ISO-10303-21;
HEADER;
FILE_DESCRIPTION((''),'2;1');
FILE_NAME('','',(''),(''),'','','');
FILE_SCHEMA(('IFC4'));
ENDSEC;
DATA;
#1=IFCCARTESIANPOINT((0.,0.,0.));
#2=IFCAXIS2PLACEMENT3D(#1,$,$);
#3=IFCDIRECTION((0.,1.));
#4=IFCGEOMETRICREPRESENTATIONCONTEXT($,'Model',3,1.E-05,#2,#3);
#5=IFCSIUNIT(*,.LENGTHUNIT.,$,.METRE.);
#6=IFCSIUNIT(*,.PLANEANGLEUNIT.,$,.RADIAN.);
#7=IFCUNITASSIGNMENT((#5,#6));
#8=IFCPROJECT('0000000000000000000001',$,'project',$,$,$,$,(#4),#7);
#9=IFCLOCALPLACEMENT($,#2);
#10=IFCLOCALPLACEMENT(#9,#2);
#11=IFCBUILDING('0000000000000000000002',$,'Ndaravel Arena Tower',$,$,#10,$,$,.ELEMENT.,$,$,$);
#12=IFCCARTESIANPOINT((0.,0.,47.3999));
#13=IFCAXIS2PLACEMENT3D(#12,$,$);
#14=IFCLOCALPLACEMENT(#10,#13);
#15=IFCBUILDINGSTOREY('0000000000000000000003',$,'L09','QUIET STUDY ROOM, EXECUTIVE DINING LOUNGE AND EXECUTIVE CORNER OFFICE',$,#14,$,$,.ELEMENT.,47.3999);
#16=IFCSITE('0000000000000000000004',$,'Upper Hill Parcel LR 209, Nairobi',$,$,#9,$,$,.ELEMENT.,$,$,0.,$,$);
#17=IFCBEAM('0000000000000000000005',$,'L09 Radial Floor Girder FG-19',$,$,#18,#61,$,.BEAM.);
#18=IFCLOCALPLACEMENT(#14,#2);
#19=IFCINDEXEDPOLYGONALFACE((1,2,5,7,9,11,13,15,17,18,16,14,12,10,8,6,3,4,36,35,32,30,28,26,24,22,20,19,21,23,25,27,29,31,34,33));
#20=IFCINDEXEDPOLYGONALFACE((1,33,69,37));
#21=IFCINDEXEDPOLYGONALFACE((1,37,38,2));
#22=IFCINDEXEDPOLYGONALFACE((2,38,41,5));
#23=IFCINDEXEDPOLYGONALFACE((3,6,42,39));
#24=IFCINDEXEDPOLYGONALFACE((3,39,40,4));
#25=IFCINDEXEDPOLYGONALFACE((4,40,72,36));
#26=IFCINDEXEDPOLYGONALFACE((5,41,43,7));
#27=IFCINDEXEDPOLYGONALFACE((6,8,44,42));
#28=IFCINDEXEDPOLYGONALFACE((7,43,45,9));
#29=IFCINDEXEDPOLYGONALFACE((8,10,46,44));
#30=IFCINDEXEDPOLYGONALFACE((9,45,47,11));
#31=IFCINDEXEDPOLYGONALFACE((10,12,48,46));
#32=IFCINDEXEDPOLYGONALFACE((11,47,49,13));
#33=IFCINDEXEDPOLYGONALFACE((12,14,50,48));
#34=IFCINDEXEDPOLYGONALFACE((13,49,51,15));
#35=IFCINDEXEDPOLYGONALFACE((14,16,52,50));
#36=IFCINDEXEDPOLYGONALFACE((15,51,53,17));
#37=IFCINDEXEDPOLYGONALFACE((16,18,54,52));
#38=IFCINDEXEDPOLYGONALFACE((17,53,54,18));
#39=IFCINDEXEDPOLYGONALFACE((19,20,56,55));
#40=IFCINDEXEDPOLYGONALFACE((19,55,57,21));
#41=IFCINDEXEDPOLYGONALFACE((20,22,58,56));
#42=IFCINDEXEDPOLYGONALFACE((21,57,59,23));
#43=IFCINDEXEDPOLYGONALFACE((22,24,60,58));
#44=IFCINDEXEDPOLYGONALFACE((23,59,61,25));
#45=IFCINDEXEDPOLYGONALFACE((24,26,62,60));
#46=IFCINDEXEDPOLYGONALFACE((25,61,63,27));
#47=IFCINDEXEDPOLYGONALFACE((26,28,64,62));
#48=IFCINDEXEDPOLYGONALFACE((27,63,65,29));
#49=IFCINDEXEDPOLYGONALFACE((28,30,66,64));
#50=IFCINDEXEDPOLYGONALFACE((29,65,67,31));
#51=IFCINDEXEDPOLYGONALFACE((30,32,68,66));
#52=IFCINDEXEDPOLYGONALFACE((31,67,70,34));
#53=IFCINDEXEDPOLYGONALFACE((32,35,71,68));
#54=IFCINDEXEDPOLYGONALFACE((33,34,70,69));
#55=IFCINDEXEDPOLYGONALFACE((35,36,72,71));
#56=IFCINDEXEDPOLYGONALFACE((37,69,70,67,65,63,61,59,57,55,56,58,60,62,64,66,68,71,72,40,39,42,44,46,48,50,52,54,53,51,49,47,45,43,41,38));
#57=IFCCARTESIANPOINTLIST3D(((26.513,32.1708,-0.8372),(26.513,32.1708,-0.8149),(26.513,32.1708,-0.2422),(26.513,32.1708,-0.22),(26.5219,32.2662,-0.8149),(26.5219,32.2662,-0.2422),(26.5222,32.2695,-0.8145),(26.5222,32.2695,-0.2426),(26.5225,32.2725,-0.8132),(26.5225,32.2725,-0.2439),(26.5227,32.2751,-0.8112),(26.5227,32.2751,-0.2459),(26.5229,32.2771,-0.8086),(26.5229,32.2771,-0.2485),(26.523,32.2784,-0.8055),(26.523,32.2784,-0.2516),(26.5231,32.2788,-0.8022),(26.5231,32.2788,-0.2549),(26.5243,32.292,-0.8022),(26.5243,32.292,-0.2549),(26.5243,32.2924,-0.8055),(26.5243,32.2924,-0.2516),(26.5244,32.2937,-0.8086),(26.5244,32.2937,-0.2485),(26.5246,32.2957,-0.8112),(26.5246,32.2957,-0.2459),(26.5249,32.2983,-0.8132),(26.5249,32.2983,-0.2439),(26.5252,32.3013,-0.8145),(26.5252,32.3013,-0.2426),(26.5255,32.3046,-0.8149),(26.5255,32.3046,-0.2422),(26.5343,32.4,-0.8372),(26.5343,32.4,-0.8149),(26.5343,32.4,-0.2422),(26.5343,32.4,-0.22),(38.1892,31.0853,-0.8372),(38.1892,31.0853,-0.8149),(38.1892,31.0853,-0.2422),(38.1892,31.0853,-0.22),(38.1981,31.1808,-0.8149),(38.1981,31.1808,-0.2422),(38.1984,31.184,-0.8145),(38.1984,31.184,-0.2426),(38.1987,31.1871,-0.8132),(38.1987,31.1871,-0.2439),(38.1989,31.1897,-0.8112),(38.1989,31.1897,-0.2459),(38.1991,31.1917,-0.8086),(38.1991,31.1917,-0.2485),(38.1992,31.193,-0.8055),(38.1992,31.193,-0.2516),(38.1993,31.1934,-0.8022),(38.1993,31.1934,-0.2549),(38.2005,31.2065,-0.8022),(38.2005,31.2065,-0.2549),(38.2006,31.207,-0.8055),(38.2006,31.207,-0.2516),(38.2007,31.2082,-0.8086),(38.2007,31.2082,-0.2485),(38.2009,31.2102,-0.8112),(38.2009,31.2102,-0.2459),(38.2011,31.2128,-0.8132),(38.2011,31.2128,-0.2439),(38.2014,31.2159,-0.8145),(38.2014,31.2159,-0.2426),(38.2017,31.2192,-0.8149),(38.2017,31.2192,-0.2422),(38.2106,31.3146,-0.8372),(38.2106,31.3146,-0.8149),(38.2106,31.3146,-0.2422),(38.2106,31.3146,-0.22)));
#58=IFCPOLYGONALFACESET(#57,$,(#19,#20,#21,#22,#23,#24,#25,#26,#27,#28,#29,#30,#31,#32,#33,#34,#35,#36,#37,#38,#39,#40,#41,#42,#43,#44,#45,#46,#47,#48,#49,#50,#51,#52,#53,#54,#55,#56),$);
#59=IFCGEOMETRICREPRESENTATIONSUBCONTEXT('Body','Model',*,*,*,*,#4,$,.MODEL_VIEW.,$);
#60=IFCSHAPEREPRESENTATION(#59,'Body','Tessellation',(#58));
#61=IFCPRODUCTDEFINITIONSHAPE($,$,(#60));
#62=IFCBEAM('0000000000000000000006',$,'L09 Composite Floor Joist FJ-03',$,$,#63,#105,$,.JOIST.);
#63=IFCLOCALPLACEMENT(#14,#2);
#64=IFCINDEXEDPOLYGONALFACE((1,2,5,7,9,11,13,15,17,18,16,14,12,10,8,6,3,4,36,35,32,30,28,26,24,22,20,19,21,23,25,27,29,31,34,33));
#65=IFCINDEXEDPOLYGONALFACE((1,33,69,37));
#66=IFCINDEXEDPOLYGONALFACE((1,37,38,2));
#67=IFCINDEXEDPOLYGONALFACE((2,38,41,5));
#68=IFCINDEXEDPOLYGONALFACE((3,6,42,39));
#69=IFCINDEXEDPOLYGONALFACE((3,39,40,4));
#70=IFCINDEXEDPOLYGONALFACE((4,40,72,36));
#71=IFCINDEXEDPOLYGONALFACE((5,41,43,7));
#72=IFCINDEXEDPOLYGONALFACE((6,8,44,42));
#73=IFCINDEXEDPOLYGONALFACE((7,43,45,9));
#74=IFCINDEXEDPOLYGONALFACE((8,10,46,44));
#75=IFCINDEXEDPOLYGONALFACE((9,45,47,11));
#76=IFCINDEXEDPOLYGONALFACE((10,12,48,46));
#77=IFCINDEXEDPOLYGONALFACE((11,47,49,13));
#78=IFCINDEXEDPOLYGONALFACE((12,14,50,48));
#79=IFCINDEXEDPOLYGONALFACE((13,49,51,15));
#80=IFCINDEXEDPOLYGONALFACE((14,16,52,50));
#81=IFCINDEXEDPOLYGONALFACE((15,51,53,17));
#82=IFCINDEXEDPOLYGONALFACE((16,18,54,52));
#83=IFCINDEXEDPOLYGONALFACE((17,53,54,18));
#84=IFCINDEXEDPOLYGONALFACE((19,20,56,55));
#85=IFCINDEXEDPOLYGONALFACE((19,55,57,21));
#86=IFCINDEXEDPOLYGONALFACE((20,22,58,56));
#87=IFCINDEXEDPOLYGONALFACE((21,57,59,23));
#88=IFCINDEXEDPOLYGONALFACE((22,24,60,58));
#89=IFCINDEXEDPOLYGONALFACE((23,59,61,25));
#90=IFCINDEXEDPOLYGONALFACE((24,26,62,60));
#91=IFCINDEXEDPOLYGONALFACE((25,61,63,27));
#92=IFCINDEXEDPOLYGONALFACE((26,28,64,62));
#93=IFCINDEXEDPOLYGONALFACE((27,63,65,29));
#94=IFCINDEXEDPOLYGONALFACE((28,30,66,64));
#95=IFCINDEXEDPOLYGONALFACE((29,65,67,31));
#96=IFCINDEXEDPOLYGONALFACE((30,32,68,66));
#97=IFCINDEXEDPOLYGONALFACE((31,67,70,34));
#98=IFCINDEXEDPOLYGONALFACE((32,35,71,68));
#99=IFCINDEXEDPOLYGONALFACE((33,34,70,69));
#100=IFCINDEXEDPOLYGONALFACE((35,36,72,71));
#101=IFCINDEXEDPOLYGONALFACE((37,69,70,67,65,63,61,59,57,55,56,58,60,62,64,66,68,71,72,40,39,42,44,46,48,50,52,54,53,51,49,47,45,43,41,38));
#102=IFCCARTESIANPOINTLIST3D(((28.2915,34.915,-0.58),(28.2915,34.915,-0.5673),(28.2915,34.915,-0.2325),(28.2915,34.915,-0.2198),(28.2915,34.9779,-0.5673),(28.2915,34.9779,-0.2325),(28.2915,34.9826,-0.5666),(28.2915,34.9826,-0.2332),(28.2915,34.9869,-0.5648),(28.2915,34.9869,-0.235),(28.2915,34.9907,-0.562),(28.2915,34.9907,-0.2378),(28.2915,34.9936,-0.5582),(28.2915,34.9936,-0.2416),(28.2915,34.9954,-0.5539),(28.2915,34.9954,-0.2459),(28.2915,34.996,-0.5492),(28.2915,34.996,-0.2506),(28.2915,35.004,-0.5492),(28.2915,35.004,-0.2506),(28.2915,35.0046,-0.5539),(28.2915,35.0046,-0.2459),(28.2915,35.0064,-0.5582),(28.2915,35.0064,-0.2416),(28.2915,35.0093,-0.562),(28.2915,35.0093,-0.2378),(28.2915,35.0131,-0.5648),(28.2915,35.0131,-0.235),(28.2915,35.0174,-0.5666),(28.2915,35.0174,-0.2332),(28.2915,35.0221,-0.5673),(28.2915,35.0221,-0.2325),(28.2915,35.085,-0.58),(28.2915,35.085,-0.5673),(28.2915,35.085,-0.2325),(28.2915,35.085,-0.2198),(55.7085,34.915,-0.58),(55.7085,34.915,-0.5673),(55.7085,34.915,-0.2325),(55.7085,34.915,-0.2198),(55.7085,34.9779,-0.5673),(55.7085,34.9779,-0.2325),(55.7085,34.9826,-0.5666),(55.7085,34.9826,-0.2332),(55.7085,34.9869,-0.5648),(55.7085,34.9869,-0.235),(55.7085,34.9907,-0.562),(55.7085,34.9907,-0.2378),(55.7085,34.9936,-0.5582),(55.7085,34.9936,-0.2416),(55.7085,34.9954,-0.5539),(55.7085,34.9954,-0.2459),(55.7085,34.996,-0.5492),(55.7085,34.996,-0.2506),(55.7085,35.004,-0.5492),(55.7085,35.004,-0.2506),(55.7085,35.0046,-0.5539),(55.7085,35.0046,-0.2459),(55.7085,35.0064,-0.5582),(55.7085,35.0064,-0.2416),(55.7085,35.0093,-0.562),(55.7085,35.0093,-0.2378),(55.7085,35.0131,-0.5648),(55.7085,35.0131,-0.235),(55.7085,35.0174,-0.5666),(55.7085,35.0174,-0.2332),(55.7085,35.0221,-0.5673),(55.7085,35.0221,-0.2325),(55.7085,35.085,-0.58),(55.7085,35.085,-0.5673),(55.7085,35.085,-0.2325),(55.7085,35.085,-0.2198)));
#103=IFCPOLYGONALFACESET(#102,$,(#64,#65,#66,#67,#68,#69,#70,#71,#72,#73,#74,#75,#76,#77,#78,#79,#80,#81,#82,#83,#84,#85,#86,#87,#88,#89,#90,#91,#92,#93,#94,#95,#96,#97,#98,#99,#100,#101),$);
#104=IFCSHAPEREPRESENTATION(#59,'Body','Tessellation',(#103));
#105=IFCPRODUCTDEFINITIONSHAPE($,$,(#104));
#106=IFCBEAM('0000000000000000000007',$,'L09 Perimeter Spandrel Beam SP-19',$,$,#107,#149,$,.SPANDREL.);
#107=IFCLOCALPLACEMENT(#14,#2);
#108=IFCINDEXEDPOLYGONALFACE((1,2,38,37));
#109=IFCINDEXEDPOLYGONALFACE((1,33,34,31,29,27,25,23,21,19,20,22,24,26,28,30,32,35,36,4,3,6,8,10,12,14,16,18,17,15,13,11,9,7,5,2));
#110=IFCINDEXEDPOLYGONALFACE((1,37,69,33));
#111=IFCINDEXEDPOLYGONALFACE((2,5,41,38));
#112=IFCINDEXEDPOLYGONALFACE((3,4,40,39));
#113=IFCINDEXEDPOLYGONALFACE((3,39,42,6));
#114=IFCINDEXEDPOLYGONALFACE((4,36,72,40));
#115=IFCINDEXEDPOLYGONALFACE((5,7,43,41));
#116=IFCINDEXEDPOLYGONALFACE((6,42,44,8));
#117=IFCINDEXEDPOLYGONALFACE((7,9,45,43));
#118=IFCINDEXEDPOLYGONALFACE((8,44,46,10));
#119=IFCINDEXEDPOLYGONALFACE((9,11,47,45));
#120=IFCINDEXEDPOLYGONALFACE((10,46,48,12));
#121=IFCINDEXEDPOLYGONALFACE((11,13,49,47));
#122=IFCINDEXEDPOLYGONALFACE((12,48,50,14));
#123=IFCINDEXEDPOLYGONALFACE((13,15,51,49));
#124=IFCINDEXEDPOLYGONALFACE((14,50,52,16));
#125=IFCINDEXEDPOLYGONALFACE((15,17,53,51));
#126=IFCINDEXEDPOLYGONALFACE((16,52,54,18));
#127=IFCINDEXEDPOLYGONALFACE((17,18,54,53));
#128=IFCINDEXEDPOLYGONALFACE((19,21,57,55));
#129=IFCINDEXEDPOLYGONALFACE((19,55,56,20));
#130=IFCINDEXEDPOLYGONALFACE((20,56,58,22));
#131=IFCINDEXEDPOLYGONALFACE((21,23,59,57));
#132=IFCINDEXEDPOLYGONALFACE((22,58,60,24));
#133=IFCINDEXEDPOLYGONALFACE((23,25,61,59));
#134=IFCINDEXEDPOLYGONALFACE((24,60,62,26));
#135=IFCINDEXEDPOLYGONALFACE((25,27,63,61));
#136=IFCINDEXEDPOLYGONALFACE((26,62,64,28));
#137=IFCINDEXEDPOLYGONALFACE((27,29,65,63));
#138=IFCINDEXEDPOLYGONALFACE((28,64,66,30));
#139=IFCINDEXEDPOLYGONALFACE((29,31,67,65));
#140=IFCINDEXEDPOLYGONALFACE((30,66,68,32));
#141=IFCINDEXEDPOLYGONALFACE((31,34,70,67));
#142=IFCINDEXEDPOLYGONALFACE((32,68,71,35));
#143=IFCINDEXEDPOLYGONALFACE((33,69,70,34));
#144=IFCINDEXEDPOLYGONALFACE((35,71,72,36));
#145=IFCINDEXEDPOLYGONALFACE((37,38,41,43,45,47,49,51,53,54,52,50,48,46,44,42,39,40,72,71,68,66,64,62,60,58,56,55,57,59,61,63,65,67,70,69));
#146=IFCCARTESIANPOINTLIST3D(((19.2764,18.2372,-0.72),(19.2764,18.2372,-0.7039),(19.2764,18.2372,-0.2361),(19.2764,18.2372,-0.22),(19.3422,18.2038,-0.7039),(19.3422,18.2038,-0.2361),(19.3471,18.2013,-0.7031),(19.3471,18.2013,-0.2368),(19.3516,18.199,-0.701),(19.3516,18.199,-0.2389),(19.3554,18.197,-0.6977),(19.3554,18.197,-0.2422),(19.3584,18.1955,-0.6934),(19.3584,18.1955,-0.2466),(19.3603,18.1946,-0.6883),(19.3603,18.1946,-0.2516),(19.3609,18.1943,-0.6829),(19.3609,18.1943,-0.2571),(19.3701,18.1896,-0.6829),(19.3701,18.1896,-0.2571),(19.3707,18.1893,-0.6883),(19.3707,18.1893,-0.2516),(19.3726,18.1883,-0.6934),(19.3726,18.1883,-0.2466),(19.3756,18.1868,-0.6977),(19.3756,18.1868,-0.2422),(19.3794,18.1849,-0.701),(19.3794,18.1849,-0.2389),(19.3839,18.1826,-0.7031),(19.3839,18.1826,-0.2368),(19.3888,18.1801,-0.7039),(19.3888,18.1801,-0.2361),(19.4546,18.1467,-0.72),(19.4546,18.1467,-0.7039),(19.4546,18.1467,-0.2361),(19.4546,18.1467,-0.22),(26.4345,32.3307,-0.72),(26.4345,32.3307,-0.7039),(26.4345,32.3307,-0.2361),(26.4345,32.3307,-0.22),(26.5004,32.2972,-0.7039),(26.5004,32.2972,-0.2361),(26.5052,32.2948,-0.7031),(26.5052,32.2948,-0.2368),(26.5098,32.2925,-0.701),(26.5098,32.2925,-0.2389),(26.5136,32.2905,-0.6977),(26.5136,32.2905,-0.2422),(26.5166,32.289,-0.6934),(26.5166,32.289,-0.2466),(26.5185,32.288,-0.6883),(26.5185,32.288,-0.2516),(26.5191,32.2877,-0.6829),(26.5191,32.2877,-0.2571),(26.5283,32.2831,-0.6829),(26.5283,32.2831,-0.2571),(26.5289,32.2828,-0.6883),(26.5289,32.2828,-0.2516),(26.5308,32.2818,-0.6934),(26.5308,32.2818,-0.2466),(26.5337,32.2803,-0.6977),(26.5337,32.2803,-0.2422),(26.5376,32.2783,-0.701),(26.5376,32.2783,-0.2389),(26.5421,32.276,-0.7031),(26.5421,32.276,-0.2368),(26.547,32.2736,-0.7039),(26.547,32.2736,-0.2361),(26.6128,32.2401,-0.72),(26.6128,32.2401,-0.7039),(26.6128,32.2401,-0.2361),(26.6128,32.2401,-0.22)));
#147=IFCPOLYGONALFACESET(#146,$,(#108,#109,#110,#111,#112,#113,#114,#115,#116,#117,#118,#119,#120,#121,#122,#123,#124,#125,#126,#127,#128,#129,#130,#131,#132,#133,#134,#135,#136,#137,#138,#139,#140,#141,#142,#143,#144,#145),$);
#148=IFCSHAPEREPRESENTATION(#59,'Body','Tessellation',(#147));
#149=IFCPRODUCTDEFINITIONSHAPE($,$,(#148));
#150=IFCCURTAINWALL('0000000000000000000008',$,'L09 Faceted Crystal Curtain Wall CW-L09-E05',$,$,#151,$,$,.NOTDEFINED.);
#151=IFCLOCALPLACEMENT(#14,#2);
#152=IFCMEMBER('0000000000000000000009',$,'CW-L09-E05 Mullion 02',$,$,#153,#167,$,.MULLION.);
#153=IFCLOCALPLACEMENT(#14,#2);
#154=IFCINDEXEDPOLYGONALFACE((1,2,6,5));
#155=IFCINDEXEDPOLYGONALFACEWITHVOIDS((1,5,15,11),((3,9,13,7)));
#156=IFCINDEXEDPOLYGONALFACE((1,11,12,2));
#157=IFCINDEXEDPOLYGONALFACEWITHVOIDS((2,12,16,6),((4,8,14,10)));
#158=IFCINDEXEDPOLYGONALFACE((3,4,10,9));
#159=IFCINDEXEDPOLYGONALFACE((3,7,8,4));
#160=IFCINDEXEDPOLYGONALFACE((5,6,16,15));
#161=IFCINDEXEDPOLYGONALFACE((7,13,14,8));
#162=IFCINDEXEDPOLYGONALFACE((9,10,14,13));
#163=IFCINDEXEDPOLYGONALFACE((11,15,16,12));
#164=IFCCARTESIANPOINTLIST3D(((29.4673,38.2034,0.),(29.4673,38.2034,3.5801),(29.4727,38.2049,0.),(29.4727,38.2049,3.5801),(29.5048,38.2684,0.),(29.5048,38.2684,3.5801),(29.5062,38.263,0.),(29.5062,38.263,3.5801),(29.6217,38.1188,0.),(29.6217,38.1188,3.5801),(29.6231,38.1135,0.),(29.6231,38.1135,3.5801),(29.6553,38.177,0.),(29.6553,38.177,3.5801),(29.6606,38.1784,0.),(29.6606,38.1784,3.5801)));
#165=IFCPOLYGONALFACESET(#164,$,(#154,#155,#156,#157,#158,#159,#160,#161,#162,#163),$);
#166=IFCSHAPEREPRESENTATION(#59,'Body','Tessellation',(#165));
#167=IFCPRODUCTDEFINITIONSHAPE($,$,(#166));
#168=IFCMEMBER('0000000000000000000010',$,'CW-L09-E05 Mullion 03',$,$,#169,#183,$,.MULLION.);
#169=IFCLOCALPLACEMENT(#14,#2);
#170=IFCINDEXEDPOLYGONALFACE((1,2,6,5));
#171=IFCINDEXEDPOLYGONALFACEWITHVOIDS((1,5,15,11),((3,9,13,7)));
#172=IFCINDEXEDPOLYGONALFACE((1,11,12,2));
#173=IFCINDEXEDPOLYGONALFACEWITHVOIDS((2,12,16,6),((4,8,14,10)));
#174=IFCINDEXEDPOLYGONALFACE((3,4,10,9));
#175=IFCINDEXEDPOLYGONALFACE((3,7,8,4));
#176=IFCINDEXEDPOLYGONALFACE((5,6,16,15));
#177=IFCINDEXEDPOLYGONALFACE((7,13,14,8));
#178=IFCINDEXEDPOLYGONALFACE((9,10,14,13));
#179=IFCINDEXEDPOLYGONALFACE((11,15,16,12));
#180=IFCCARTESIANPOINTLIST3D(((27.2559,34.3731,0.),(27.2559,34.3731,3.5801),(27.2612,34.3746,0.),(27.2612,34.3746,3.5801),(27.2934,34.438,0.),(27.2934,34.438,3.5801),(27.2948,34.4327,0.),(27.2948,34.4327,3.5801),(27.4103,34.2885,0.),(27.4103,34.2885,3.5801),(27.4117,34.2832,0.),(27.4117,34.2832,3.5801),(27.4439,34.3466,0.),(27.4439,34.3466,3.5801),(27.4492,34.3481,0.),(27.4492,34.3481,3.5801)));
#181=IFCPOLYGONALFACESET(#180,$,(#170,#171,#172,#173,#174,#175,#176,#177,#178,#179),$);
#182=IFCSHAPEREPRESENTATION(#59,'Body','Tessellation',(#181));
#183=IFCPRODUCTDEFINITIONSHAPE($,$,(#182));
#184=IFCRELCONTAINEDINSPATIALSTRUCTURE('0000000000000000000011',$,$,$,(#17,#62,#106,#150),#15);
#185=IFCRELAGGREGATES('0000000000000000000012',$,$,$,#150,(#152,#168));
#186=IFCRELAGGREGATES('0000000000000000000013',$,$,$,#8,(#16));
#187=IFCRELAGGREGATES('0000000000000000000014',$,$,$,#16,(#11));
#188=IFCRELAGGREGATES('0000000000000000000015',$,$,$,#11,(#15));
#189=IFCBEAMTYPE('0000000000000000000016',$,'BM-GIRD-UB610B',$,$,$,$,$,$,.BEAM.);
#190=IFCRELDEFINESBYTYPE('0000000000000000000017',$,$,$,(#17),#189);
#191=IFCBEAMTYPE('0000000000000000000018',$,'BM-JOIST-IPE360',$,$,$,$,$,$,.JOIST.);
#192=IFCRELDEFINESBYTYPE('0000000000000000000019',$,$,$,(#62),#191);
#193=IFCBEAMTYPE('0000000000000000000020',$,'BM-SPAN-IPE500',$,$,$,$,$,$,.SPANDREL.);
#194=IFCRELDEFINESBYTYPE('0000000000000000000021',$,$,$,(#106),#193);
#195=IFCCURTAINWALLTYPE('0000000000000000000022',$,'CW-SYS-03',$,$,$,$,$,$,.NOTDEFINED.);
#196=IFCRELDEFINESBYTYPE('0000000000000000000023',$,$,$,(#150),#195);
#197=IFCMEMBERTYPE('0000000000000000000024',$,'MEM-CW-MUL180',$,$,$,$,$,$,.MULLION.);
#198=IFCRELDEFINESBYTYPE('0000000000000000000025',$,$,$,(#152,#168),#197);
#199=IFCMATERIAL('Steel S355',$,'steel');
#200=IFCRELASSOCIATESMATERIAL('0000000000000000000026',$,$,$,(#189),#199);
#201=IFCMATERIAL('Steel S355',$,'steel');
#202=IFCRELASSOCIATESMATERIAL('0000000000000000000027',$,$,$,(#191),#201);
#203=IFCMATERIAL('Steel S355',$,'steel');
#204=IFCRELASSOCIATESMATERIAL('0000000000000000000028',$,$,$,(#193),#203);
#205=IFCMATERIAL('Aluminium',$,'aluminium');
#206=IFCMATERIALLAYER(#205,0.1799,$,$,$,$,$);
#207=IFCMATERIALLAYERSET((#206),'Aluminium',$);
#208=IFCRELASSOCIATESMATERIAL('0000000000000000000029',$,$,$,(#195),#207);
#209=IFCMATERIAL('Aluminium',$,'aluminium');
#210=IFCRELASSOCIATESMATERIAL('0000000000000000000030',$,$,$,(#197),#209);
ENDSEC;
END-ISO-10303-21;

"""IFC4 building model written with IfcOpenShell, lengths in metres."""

from ifc_helpers import new_model, si_unit, direction, frame, origin, origin_2d, place, context, subcontext, project, spatial, hollow_rectangle, i_section, extrude, material, layer, layer_set, material_profile, profile_set, type_object, element, aggregate, save


model = new_model("IFC4")

# Units and contexts
model_context = context("Model", 3, precision=1e-05, world=origin(), true_north=direction((0.0, 1.0)))
body_context = subcontext(model_context, "Body", "Model", "MODEL_VIEW")
ifc_project = project(units=[si_unit("LENGTHUNIT", "METRE"), si_unit("PLANEANGLEUNIT", "RADIAN")], contexts=[model_context])

# Site, building, storey
site_placement = place(None, origin())
site = spatial("IfcSite", under=ifc_project, at=site_placement, Name="Upper Hill Parcel LR 209, Nairobi", CompositionType="ELEMENT", RefElevation=0.0)
building_placement = place(site_placement, origin())
building = spatial("IfcBuilding", under=site, at=building_placement, Name="Ndaravel Arena Tower", CompositionType="ELEMENT")
storey_placement = place(building_placement, frame((0.0, 0.0, 47.3999)))
storey = spatial("IfcBuildingStorey", under=building, at=storey_placement, Name="L09", Description="QUIET STUDY ROOM, EXECUTIVE DINING LOUNGE AND EXECUTIVE CORNER OFFICE", CompositionType="ELEMENT", Elevation=47.3999)

# Beams
ifc_material_1 = material(Name="Steel S355", Category="steel")
ifc_material_profile_1 = material_profile(ifc_material_1, i_section(OverallWidth=0.2302, OverallDepth=0.6172, WebThickness=0.0132, FlangeThickness=0.0222, FilletRadius=0.0127, at=origin_2d()), Name="UB 610x229x140")
ifc_profile_set_1 = profile_set([ifc_material_profile_1], Name="Steel S355")
beam_type_1 = type_object("IfcBeamType", Name="BM-GIRD-UB610B", PredefinedType="BEAM", material=ifc_profile_set_1)
beam_1_placement = place(storey_placement, frame((26.5237, 32.2854, -0.5286), z_axis=(0.995707, -0.092563, 0.0), x_axis=(0.092563, 0.995707, 0.0)))
element("IfcBeam", 1, at=beam_1_placement, inside=storey, type_object=beam_type_1, Name="L09 Radial Floor Girder FG-19", PredefinedType="BEAM", context=body_context, shape_type="SweptSolid", body=[
    extrude(i_section(OverallWidth=0.2302, OverallDepth=0.6172, WebThickness=0.0132, FlangeThickness=0.0222, FilletRadius=0.0127, at=origin_2d()), origin(), (0.0, 0.0, 1.0), 11.7266),
])
ifc_material_2 = material(Name="Steel S355", Category="steel")
ifc_material_profile_2 = material_profile(ifc_material_2, i_section(OverallWidth=0.1699, OverallDepth=0.3601, WebThickness=0.0081, FlangeThickness=0.0127, FilletRadius=0.0181, at=origin_2d()), Name="IPE 360")
ifc_profile_set_2 = profile_set([ifc_material_profile_2], Name="Steel S355")
beam_type_2 = type_object("IfcBeamType", Name="BM-JOIST-IPE360", PredefinedType="JOIST", material=ifc_profile_set_2)
beam_2_placement = place(storey_placement, frame((28.2915, 35.0, -0.3999), z_axis=(1.0, 0.0, 0.0), x_axis=(0.0, 1.0, 0.0)))
element("IfcBeam", 2, at=beam_2_placement, inside=storey, type_object=beam_type_2, Name="L09 Composite Floor Joist FJ-03", PredefinedType="JOIST", context=body_context, shape_type="SweptSolid", body=[
    extrude(i_section(OverallWidth=0.1699, OverallDepth=0.3601, WebThickness=0.0081, FlangeThickness=0.0127, FilletRadius=0.0181, at=origin_2d()), origin(), (0.0, 0.0, 1.0), 27.417),
])
ifc_material_3 = material(Name="Steel S355", Category="steel")
ifc_material_profile_3 = material_profile(ifc_material_3, i_section(OverallWidth=0.2, OverallDepth=0.5, WebThickness=0.0103, FlangeThickness=0.0161, FilletRadius=0.021, at=origin_2d()), Name="IPE 500")
ifc_profile_set_3 = profile_set([ifc_material_profile_3], Name="Steel S355")
beam_type_3 = type_object("IfcBeamType", Name="BM-SPAN-IPE500", PredefinedType="SPANDREL", material=ifc_profile_set_3)
beam_3_placement = place(storey_placement, frame((26.5237, 32.2854, -0.47), z_axis=(-0.452845, -0.891589, 0.0), x_axis=(0.891589, -0.452845, 0.0)))
element("IfcBeam", 3, at=beam_3_placement, inside=storey, type_object=beam_type_3, Name="L09 Perimeter Spandrel Beam SP-19", PredefinedType="SPANDREL", context=body_context, shape_type="SweptSolid", body=[
    extrude(i_section(OverallWidth=0.2, OverallDepth=0.5, WebThickness=0.0103, FlangeThickness=0.0161, FilletRadius=0.021, at=origin_2d()), origin(), (0.0, 0.0, 1.0), 15.8071),
])

# Curtain wall, members
ifc_material_4 = material(Name="Aluminium", Category="aluminium")
ifc_layer_1 = layer(ifc_material_4, 0.1799)
ifc_layer_set_1 = layer_set([ifc_layer_1], Name="Aluminium")
curtain_wall_type = type_object("IfcCurtainWallType", Name="CW-SYS-03", PredefinedType="NOTDEFINED", material=ifc_layer_set_1)
curtain_wall_placement = place(storey_placement, origin())
curtain_wall = element("IfcCurtainWall", 4, at=curtain_wall_placement, inside=storey, type_object=curtain_wall_type, Name="L09 Faceted Crystal Curtain Wall CW-L09-E05", PredefinedType="NOTDEFINED")
ifc_material_5 = material(Name="Aluminium", Category="aluminium")
ifc_material_profile_4 = material_profile(ifc_material_5, hollow_rectangle(XDim=0.075, YDim=0.1799, WallThickness=0.0039, at=origin_2d()), Name="CW MULLION 75x180x4")
ifc_profile_set_4 = profile_set([ifc_material_profile_4], Name="Aluminium")
member_type = type_object("IfcMemberType", Name="MEM-CW-MUL180", PredefinedType="MULLION", material=ifc_profile_set_4)
member_1_placement = place(storey_placement, frame((29.564, 38.1909, 0.0), z_axis=(0.0, 0.0, 1.0), x_axis=(-0.5, -0.866025, 0.0)))
member_1 = element("IfcMember", 5, at=member_1_placement, type_object=member_type, Name="CW-L09-E05 Mullion 02", PredefinedType="MULLION", context=body_context, shape_type="SweptSolid", body=[
    extrude(hollow_rectangle(XDim=0.075, YDim=0.1799, WallThickness=0.0039, at=origin_2d()), origin(), (0.0, 0.0, 1.0), 3.5801),
])
member_2_placement = place(storey_placement, frame((27.3525, 34.3606, 0.0), z_axis=(0.0, 0.0, 1.0), x_axis=(-0.5, -0.866025, 0.0)))
member_2 = element("IfcMember", 6, at=member_2_placement, type_object=member_type, Name="CW-L09-E05 Mullion 03", PredefinedType="MULLION", context=body_context, shape_type="SweptSolid", body=[
    extrude(hollow_rectangle(XDim=0.075, YDim=0.1799, WallThickness=0.0039, at=origin_2d()), origin(), (0.0, 0.0, 1.0), 3.5801),
])
aggregate(curtain_wall, [member_1, member_2])

save(model, "model.ifc")
